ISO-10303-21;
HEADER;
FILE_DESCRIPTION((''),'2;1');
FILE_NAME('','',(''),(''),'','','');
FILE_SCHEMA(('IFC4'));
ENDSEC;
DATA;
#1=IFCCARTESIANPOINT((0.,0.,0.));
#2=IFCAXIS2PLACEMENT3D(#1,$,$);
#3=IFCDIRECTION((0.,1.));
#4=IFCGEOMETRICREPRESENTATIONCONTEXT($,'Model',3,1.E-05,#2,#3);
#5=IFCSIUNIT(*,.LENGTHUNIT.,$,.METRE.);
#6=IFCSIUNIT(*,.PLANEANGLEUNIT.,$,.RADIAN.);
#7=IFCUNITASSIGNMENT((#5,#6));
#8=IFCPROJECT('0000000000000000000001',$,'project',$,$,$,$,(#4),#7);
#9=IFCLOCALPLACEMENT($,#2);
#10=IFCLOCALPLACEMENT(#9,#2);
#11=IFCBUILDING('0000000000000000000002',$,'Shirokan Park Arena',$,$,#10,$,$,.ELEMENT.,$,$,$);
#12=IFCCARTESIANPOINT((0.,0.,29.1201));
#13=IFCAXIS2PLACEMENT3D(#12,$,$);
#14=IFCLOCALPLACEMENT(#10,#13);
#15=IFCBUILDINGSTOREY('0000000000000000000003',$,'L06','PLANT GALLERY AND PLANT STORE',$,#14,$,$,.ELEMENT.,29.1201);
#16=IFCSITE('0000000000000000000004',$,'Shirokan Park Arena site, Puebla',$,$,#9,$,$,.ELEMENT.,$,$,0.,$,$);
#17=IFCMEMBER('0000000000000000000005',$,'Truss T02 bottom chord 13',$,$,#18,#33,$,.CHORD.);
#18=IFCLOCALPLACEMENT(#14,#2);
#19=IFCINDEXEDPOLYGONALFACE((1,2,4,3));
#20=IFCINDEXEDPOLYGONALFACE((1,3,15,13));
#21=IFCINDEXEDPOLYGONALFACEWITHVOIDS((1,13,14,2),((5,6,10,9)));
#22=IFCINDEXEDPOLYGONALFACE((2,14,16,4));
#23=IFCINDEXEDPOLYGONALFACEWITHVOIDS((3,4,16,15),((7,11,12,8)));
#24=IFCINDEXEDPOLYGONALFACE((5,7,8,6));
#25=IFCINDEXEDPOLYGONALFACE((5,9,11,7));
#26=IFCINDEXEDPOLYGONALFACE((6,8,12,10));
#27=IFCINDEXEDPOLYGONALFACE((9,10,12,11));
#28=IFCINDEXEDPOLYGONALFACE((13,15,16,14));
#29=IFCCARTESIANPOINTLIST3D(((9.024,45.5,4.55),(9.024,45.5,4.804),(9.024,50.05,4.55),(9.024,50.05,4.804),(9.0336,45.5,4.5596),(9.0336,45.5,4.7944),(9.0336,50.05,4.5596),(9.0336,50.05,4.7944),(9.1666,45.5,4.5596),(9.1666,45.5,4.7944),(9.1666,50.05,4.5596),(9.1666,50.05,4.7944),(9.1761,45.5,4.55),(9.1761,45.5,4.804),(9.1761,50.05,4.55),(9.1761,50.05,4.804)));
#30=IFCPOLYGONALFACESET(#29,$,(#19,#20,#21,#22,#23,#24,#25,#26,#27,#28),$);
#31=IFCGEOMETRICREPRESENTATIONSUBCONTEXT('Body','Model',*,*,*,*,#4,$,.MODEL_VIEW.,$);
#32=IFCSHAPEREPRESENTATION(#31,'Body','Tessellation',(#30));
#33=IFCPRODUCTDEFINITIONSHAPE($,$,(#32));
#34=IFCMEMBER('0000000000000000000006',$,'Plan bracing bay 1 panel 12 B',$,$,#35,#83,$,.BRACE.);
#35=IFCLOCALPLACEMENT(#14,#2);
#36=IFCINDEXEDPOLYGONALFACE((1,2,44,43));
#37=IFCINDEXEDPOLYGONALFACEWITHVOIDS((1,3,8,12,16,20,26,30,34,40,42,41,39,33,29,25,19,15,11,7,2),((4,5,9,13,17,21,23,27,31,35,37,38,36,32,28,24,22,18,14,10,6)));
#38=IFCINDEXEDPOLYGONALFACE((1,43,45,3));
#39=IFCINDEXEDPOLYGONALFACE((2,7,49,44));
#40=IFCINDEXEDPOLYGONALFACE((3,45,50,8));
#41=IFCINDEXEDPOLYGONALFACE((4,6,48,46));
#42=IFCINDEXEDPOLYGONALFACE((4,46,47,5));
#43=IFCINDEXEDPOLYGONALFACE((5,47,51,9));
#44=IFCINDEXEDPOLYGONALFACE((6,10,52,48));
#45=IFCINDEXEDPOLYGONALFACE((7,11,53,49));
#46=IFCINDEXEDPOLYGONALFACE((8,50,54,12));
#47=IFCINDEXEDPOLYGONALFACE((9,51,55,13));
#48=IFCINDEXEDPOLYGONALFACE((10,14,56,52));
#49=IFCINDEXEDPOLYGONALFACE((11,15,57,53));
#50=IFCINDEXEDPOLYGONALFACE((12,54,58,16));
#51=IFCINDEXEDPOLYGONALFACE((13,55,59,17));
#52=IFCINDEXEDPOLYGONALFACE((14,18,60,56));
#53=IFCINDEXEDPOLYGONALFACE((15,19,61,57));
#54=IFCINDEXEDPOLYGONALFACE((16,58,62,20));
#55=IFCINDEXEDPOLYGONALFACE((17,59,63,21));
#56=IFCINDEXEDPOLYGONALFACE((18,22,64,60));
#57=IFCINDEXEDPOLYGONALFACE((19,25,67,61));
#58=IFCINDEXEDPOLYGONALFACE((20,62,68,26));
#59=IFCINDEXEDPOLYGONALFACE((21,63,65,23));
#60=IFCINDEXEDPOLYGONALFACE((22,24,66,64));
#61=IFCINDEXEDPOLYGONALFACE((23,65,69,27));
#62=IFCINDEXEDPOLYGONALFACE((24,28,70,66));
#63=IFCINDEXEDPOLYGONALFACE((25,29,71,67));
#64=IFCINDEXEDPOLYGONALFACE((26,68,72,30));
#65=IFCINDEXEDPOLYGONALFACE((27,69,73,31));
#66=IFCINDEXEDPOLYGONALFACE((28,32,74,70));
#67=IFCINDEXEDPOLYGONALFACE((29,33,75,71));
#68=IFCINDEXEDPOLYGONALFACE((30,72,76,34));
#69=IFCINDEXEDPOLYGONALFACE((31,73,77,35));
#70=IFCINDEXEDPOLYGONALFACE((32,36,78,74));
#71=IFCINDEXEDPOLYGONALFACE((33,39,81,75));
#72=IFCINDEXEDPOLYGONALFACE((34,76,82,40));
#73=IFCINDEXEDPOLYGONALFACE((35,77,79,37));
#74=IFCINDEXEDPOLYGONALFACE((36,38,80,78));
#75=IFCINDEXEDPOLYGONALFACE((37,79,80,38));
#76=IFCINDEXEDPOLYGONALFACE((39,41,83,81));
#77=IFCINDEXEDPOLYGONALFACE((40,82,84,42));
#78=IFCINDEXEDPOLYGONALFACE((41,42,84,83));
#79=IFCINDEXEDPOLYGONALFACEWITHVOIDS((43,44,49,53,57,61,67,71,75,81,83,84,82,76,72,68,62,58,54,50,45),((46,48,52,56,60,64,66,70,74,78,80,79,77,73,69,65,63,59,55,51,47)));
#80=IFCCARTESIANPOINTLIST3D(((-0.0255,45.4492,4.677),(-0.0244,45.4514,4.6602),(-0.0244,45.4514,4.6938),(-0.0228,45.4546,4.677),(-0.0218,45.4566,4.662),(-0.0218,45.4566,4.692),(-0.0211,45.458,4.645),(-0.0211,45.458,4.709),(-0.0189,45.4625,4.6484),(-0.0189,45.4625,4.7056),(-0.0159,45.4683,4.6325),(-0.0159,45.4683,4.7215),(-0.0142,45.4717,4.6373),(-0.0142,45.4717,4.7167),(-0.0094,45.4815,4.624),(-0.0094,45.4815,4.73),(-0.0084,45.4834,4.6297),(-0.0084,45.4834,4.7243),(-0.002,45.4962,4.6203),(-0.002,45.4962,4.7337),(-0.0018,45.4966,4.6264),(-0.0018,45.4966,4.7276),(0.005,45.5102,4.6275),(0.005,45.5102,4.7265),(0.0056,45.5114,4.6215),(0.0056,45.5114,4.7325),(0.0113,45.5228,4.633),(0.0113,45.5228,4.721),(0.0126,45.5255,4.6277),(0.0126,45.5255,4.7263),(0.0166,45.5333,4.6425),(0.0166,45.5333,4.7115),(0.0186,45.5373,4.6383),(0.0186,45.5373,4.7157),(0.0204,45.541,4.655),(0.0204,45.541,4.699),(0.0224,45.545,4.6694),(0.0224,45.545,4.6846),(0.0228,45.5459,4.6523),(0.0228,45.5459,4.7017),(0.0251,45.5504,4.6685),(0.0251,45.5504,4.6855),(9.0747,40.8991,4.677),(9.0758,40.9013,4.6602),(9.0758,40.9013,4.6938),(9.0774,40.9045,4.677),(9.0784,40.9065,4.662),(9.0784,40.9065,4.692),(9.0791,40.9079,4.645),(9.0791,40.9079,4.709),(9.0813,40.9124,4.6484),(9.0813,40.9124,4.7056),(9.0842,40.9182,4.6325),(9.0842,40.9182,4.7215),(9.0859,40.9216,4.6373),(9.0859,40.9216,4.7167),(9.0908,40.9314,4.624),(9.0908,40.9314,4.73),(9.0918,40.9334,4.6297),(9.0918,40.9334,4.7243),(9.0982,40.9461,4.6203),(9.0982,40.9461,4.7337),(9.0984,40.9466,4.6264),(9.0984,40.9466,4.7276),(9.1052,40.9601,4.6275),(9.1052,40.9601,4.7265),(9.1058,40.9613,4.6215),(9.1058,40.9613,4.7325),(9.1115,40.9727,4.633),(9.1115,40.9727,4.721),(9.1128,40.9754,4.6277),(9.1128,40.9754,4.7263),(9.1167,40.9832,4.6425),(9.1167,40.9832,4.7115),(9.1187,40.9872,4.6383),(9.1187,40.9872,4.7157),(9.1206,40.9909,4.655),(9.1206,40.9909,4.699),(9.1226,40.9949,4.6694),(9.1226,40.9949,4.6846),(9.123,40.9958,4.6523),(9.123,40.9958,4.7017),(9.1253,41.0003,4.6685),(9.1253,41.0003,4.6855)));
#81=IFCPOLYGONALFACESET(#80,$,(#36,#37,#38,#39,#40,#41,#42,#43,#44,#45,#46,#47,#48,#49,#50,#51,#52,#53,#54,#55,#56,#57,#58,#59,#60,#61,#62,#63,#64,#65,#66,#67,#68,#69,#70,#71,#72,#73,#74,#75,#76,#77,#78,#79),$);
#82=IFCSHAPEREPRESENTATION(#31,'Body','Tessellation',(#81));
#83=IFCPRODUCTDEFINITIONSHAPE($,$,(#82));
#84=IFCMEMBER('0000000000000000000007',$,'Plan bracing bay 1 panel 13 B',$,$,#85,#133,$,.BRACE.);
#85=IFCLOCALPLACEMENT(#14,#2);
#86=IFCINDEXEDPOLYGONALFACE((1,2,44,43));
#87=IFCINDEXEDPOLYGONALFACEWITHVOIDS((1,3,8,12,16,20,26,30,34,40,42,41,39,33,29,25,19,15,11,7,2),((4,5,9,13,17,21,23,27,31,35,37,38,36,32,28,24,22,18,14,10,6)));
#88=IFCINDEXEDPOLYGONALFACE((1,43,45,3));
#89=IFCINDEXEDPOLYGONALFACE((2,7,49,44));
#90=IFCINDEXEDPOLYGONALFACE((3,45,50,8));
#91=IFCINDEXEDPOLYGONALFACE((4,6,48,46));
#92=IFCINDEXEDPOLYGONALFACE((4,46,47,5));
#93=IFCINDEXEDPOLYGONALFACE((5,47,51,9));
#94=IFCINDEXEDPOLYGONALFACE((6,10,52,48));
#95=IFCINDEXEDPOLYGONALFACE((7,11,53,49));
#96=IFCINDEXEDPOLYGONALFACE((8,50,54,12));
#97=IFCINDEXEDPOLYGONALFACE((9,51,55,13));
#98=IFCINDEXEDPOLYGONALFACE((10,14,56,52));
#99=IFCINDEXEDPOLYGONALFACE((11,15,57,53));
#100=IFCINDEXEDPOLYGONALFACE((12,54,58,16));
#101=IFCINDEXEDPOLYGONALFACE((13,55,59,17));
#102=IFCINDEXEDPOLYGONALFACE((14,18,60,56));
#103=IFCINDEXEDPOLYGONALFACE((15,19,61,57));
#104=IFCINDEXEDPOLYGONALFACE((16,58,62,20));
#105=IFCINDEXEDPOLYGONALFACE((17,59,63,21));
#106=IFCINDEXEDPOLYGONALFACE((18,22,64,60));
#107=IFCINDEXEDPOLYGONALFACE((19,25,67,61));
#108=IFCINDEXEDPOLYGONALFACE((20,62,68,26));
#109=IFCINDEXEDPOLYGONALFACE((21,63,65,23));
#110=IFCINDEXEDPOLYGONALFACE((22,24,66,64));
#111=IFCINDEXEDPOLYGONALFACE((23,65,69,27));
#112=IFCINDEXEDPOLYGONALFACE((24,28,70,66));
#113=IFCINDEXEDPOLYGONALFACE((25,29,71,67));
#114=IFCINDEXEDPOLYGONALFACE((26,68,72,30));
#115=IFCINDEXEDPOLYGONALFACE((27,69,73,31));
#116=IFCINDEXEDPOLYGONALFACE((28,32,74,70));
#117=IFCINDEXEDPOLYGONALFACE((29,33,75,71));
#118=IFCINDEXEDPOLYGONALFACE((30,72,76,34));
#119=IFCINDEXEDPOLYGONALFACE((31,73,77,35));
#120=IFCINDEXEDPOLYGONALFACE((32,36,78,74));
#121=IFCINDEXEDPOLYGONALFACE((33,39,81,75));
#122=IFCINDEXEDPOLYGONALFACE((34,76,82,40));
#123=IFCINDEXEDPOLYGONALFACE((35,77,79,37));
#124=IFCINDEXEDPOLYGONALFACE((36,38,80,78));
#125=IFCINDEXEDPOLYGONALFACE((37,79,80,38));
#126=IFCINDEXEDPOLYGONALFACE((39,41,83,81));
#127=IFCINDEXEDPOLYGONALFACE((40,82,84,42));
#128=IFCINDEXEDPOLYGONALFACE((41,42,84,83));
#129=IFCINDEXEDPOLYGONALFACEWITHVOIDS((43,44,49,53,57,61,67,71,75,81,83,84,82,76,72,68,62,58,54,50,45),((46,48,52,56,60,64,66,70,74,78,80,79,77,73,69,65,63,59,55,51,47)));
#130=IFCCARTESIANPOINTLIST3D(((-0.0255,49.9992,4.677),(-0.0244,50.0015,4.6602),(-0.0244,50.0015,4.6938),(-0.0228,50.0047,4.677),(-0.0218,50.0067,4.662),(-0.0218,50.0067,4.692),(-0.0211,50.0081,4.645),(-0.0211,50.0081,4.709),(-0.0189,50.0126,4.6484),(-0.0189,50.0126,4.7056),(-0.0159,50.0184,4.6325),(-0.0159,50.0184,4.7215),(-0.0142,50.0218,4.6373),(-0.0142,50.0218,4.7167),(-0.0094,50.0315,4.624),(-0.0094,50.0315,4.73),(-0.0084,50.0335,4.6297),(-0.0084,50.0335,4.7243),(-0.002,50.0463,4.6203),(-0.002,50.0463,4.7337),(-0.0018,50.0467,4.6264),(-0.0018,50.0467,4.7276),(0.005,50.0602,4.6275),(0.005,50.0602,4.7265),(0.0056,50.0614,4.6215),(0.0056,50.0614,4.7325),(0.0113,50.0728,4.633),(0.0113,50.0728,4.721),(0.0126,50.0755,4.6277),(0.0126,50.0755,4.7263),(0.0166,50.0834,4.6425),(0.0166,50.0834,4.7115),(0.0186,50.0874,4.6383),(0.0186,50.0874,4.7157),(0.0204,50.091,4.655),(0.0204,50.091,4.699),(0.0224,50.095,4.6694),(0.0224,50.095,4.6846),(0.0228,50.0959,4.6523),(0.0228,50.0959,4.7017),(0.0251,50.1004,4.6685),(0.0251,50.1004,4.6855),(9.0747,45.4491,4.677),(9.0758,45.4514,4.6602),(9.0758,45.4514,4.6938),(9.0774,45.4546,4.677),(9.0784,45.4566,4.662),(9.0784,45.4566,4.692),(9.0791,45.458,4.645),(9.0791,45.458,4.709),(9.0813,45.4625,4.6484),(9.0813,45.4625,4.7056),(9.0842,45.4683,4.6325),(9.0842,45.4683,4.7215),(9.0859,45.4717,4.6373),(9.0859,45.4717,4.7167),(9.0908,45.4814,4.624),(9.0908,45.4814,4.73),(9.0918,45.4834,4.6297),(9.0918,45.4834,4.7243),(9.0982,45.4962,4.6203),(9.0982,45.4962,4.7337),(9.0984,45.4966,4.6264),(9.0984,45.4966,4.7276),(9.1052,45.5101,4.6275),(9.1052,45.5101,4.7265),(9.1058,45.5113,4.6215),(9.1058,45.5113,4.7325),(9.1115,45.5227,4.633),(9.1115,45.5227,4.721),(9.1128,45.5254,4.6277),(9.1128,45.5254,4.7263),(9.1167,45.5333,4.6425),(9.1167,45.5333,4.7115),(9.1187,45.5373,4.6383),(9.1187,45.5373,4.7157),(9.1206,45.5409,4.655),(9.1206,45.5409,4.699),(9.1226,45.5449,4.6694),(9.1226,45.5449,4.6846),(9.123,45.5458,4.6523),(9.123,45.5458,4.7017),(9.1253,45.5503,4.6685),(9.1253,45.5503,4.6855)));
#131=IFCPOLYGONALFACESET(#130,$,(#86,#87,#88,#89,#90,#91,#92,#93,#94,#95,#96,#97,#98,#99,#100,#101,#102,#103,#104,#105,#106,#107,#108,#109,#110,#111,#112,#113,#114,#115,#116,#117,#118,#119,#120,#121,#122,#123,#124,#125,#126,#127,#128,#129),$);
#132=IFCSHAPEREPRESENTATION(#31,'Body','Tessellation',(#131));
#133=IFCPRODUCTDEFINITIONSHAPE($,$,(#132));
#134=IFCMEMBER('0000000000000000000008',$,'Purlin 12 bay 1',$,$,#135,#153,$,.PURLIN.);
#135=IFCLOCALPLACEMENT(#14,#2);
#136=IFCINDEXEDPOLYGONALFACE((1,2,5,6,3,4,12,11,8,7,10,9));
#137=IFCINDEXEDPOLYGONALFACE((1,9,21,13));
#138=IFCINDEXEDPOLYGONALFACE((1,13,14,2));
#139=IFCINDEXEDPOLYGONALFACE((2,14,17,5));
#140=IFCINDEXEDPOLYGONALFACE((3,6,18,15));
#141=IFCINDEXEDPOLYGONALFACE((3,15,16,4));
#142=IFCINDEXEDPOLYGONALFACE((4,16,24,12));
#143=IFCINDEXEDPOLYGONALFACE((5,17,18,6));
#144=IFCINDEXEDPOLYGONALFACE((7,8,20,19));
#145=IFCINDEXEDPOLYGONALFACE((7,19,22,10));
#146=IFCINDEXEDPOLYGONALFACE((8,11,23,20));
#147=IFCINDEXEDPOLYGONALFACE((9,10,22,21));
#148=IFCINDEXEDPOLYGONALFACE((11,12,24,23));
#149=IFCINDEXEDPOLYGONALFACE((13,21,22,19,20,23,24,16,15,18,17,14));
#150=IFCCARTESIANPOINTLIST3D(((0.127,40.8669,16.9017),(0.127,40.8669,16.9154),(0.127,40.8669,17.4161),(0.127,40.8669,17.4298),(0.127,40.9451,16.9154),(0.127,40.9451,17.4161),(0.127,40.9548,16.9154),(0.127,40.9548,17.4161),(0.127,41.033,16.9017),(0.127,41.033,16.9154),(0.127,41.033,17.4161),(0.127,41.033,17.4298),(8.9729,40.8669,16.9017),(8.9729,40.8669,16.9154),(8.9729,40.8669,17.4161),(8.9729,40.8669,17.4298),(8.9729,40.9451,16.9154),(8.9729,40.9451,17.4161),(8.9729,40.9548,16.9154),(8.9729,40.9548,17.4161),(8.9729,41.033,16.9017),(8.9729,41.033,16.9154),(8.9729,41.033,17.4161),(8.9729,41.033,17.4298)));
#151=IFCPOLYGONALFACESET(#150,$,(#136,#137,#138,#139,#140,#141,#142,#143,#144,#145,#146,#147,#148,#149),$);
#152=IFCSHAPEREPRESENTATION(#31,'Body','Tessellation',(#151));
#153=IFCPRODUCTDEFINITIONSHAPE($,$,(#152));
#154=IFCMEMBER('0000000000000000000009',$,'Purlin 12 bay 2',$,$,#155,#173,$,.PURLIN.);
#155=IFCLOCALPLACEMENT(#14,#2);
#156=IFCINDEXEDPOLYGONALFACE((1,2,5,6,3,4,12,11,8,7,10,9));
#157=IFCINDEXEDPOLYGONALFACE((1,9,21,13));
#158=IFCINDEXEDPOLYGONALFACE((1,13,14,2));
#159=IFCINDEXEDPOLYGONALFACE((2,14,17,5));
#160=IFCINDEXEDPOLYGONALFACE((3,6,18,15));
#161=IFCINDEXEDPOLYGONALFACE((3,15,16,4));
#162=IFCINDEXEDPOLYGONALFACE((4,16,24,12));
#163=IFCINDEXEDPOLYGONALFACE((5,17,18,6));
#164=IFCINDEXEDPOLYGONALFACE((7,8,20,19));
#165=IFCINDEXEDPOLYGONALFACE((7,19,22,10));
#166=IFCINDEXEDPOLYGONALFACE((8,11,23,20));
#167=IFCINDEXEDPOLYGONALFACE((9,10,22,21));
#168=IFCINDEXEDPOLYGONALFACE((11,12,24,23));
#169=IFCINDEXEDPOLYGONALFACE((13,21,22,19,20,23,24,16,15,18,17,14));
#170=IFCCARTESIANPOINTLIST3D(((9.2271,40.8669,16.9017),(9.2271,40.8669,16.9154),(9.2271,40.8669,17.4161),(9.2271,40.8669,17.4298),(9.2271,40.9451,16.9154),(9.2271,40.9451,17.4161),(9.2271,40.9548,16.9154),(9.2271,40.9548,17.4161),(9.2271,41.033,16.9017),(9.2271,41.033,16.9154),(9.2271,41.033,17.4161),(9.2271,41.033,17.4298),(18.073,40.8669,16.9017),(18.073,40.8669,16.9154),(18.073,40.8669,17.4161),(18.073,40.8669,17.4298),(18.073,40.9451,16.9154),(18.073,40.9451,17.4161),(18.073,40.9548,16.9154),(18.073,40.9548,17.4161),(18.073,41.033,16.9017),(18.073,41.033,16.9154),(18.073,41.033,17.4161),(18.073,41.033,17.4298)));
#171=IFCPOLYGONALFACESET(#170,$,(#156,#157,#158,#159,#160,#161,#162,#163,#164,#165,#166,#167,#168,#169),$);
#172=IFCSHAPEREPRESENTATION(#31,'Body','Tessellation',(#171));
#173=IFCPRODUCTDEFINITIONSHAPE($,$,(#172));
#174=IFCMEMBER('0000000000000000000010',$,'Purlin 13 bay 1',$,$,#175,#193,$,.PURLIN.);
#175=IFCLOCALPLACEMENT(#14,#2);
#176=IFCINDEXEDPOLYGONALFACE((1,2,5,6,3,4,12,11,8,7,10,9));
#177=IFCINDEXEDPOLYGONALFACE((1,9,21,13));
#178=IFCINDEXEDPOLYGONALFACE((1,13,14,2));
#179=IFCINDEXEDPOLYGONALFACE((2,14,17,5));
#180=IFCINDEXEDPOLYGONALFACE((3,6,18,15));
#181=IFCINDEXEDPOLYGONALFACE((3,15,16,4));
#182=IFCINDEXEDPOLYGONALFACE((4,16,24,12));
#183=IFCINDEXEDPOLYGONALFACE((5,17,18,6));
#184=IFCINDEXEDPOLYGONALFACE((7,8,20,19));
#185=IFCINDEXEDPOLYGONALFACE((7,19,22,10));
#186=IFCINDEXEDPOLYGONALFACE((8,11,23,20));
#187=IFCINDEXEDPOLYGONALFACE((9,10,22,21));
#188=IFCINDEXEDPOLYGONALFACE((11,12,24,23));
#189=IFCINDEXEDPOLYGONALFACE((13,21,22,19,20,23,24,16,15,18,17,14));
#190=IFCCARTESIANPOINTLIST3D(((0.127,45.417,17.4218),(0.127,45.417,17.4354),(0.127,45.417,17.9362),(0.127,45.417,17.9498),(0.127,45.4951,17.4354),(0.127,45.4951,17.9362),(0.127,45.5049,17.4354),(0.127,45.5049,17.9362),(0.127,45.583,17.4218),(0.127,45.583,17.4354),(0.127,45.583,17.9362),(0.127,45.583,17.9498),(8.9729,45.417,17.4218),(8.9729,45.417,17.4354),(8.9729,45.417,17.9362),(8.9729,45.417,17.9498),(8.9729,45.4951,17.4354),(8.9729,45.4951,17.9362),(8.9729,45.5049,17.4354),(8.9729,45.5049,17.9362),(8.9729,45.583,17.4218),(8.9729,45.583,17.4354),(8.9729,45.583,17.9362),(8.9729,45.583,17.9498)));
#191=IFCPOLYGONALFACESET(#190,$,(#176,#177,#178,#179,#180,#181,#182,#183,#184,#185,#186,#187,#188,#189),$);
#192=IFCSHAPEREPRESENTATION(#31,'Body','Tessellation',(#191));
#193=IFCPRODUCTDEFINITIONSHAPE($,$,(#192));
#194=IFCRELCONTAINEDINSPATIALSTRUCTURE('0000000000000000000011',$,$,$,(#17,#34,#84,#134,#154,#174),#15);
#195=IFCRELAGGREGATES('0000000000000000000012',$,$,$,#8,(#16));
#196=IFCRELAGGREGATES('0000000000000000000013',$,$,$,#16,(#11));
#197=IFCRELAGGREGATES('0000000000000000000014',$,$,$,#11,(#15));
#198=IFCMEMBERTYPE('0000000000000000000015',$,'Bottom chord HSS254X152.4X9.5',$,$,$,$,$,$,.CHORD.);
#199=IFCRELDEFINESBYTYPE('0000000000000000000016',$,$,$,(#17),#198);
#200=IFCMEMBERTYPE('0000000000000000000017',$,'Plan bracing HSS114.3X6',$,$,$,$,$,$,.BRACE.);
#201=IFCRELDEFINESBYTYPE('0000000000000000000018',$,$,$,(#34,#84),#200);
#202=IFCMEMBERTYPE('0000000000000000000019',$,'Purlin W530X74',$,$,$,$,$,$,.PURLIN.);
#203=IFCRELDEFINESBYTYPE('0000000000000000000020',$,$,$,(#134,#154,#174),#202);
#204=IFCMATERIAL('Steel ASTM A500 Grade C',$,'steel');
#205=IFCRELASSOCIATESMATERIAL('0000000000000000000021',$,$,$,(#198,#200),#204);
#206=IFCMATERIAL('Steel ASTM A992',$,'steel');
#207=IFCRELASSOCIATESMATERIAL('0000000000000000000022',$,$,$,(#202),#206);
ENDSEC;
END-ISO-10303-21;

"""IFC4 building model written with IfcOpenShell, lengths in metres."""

from ifc_helpers import new_model, si_unit, direction, frame, origin, origin_2d, place, context, subcontext, project, spatial, hollow_rectangle, hollow_circle, i_section, extrude, material, material_profile, profile_set, type_object, element, save


model = new_model("IFC4")

# Units and contexts
model_context = context("Model", 3, precision=1e-05, world=origin(), true_north=direction((0.0, 1.0)))
body_context = subcontext(model_context, "Body", "Model", "MODEL_VIEW")
ifc_project = project(units=[si_unit("LENGTHUNIT", "METRE"), si_unit("PLANEANGLEUNIT", "RADIAN")], contexts=[model_context])

# Site, building, storey
site_placement = place(None, origin())
site = spatial("IfcSite", under=ifc_project, at=site_placement, Name="Shirokan Park Arena site, Puebla", CompositionType="ELEMENT", RefElevation=0.0)
building_placement = place(site_placement, origin())
building = spatial("IfcBuilding", under=site, at=building_placement, Name="Shirokan Park Arena", CompositionType="ELEMENT")
storey_placement = place(building_placement, frame((0.0, 0.0, 29.1201)))
storey = spatial("IfcBuildingStorey", under=building, at=storey_placement, Name="L06", Description="PLANT GALLERY AND PLANT STORE", CompositionType="ELEMENT", Elevation=29.1201)

# Members
ifc_material_1 = material(Name="Steel ASTM A500 Grade C", Category="steel")
ifc_material_profile_1 = material_profile(ifc_material_1, hollow_rectangle(XDim=0.1521, YDim=0.2539, WallThickness=0.0095, at=origin_2d()), Name="HSS254X152.4X9.5")
ifc_profile_set_1 = profile_set([ifc_material_profile_1], Name="Steel ASTM A500 Grade C")
member_type_1 = type_object("IfcMemberType", Name="Bottom chord HSS254X152.4X9.5", PredefinedType="CHORD", material=ifc_profile_set_1)
member_1_placement = place(storey_placement, frame((9.1001, 45.5, 4.677), z_axis=(0.0, 1.0, 0.0), x_axis=(-1.0, 0.0, 0.0)))
element("IfcMember", 1, at=member_1_placement, inside=storey, type_object=member_type_1, Name="Truss T02 bottom chord 13", PredefinedType="CHORD", context=body_context, shape_type="SweptSolid", body=[
    extrude(hollow_rectangle(XDim=0.1521, YDim=0.2539, WallThickness=0.0095, at=origin_2d()), origin(), (0.0, 0.0, 1.0), 4.55),
])
ifc_material_profile_2 = material_profile(ifc_material_1, hollow_circle(Radius=0.0569, WallThickness=0.0061, at=origin_2d()), Name="HSS114.3X6")
ifc_profile_set_2 = profile_set([ifc_material_profile_2], Name="Steel ASTM A500 Grade C")
member_type_2 = type_object("IfcMemberType", Name="Plan bracing HSS114.3X6", PredefinedType="BRACE", material=ifc_profile_set_2)
for number, where, z_axis, x_axis, name in (
    (2, (9.1001, 40.95, 4.677), (-0.894427, 0.447214, 0.0), (-0.447214, -0.894427, 0.0), "Plan bracing bay 1 panel 12 B"),
    (3, (9.1001, 45.5, 4.677), (-0.894427, 0.447214, 0.0), (-0.447214, -0.894427, 0.0), "Plan bracing bay 1 panel 13 B"),
):
    element("IfcMember", number, at=place(storey_placement, frame(where, z_axis=z_axis, x_axis=x_axis)), inside=storey, type_object=member_type_2, Name=name, PredefinedType="BRACE", context=body_context, shape_type="SweptSolid", body=[
        extrude(hollow_circle(Radius=0.0569, WallThickness=0.0061, at=origin_2d()), origin(), (0.0, 0.0, 1.0), 10.1743),
    ])
ifc_material_2 = material(Name="Steel ASTM A992", Category="steel")
ifc_material_profile_3 = material_profile(ifc_material_2, i_section(OverallWidth=0.166, OverallDepth=0.5281, WebThickness=0.0098, FlangeThickness=0.0137, at=origin_2d()), Name="W530X74")
ifc_profile_set_3 = profile_set([ifc_material_profile_3], Name="Steel ASTM A992")
member_type_3 = type_object("IfcMemberType", Name="Purlin W530X74", PredefinedType="PURLIN", material=ifc_profile_set_3)
for number, where, z_axis, x_axis, name in (
    (4, (0.127, 40.95, 17.1658), (1.0, 0.0, 0.0), (0.0, 1.0, 0.0), "Purlin 12 bay 1"),
    (5, (9.2271, 40.95, 17.1658), (1.0, 0.0, 0.0), (0.0, 1.0, 0.0), "Purlin 12 bay 2"),
    (6, (0.127, 45.5, 17.6858), (1.0, 0.0, 0.0), (0.0, 1.0, 0.0), "Purlin 13 bay 1"),
):
    element("IfcMember", number, at=place(storey_placement, frame(where, z_axis=z_axis, x_axis=x_axis)), inside=storey, type_object=member_type_3, Name=name, PredefinedType="PURLIN", context=body_context, shape_type="SweptSolid", body=[
        extrude(i_section(OverallWidth=0.166, OverallDepth=0.5281, WebThickness=0.0098, FlangeThickness=0.0137, at=origin_2d()), origin(), (0.0, 0.0, 1.0), 8.8459),
    ])

save(model, "model.ifc")
